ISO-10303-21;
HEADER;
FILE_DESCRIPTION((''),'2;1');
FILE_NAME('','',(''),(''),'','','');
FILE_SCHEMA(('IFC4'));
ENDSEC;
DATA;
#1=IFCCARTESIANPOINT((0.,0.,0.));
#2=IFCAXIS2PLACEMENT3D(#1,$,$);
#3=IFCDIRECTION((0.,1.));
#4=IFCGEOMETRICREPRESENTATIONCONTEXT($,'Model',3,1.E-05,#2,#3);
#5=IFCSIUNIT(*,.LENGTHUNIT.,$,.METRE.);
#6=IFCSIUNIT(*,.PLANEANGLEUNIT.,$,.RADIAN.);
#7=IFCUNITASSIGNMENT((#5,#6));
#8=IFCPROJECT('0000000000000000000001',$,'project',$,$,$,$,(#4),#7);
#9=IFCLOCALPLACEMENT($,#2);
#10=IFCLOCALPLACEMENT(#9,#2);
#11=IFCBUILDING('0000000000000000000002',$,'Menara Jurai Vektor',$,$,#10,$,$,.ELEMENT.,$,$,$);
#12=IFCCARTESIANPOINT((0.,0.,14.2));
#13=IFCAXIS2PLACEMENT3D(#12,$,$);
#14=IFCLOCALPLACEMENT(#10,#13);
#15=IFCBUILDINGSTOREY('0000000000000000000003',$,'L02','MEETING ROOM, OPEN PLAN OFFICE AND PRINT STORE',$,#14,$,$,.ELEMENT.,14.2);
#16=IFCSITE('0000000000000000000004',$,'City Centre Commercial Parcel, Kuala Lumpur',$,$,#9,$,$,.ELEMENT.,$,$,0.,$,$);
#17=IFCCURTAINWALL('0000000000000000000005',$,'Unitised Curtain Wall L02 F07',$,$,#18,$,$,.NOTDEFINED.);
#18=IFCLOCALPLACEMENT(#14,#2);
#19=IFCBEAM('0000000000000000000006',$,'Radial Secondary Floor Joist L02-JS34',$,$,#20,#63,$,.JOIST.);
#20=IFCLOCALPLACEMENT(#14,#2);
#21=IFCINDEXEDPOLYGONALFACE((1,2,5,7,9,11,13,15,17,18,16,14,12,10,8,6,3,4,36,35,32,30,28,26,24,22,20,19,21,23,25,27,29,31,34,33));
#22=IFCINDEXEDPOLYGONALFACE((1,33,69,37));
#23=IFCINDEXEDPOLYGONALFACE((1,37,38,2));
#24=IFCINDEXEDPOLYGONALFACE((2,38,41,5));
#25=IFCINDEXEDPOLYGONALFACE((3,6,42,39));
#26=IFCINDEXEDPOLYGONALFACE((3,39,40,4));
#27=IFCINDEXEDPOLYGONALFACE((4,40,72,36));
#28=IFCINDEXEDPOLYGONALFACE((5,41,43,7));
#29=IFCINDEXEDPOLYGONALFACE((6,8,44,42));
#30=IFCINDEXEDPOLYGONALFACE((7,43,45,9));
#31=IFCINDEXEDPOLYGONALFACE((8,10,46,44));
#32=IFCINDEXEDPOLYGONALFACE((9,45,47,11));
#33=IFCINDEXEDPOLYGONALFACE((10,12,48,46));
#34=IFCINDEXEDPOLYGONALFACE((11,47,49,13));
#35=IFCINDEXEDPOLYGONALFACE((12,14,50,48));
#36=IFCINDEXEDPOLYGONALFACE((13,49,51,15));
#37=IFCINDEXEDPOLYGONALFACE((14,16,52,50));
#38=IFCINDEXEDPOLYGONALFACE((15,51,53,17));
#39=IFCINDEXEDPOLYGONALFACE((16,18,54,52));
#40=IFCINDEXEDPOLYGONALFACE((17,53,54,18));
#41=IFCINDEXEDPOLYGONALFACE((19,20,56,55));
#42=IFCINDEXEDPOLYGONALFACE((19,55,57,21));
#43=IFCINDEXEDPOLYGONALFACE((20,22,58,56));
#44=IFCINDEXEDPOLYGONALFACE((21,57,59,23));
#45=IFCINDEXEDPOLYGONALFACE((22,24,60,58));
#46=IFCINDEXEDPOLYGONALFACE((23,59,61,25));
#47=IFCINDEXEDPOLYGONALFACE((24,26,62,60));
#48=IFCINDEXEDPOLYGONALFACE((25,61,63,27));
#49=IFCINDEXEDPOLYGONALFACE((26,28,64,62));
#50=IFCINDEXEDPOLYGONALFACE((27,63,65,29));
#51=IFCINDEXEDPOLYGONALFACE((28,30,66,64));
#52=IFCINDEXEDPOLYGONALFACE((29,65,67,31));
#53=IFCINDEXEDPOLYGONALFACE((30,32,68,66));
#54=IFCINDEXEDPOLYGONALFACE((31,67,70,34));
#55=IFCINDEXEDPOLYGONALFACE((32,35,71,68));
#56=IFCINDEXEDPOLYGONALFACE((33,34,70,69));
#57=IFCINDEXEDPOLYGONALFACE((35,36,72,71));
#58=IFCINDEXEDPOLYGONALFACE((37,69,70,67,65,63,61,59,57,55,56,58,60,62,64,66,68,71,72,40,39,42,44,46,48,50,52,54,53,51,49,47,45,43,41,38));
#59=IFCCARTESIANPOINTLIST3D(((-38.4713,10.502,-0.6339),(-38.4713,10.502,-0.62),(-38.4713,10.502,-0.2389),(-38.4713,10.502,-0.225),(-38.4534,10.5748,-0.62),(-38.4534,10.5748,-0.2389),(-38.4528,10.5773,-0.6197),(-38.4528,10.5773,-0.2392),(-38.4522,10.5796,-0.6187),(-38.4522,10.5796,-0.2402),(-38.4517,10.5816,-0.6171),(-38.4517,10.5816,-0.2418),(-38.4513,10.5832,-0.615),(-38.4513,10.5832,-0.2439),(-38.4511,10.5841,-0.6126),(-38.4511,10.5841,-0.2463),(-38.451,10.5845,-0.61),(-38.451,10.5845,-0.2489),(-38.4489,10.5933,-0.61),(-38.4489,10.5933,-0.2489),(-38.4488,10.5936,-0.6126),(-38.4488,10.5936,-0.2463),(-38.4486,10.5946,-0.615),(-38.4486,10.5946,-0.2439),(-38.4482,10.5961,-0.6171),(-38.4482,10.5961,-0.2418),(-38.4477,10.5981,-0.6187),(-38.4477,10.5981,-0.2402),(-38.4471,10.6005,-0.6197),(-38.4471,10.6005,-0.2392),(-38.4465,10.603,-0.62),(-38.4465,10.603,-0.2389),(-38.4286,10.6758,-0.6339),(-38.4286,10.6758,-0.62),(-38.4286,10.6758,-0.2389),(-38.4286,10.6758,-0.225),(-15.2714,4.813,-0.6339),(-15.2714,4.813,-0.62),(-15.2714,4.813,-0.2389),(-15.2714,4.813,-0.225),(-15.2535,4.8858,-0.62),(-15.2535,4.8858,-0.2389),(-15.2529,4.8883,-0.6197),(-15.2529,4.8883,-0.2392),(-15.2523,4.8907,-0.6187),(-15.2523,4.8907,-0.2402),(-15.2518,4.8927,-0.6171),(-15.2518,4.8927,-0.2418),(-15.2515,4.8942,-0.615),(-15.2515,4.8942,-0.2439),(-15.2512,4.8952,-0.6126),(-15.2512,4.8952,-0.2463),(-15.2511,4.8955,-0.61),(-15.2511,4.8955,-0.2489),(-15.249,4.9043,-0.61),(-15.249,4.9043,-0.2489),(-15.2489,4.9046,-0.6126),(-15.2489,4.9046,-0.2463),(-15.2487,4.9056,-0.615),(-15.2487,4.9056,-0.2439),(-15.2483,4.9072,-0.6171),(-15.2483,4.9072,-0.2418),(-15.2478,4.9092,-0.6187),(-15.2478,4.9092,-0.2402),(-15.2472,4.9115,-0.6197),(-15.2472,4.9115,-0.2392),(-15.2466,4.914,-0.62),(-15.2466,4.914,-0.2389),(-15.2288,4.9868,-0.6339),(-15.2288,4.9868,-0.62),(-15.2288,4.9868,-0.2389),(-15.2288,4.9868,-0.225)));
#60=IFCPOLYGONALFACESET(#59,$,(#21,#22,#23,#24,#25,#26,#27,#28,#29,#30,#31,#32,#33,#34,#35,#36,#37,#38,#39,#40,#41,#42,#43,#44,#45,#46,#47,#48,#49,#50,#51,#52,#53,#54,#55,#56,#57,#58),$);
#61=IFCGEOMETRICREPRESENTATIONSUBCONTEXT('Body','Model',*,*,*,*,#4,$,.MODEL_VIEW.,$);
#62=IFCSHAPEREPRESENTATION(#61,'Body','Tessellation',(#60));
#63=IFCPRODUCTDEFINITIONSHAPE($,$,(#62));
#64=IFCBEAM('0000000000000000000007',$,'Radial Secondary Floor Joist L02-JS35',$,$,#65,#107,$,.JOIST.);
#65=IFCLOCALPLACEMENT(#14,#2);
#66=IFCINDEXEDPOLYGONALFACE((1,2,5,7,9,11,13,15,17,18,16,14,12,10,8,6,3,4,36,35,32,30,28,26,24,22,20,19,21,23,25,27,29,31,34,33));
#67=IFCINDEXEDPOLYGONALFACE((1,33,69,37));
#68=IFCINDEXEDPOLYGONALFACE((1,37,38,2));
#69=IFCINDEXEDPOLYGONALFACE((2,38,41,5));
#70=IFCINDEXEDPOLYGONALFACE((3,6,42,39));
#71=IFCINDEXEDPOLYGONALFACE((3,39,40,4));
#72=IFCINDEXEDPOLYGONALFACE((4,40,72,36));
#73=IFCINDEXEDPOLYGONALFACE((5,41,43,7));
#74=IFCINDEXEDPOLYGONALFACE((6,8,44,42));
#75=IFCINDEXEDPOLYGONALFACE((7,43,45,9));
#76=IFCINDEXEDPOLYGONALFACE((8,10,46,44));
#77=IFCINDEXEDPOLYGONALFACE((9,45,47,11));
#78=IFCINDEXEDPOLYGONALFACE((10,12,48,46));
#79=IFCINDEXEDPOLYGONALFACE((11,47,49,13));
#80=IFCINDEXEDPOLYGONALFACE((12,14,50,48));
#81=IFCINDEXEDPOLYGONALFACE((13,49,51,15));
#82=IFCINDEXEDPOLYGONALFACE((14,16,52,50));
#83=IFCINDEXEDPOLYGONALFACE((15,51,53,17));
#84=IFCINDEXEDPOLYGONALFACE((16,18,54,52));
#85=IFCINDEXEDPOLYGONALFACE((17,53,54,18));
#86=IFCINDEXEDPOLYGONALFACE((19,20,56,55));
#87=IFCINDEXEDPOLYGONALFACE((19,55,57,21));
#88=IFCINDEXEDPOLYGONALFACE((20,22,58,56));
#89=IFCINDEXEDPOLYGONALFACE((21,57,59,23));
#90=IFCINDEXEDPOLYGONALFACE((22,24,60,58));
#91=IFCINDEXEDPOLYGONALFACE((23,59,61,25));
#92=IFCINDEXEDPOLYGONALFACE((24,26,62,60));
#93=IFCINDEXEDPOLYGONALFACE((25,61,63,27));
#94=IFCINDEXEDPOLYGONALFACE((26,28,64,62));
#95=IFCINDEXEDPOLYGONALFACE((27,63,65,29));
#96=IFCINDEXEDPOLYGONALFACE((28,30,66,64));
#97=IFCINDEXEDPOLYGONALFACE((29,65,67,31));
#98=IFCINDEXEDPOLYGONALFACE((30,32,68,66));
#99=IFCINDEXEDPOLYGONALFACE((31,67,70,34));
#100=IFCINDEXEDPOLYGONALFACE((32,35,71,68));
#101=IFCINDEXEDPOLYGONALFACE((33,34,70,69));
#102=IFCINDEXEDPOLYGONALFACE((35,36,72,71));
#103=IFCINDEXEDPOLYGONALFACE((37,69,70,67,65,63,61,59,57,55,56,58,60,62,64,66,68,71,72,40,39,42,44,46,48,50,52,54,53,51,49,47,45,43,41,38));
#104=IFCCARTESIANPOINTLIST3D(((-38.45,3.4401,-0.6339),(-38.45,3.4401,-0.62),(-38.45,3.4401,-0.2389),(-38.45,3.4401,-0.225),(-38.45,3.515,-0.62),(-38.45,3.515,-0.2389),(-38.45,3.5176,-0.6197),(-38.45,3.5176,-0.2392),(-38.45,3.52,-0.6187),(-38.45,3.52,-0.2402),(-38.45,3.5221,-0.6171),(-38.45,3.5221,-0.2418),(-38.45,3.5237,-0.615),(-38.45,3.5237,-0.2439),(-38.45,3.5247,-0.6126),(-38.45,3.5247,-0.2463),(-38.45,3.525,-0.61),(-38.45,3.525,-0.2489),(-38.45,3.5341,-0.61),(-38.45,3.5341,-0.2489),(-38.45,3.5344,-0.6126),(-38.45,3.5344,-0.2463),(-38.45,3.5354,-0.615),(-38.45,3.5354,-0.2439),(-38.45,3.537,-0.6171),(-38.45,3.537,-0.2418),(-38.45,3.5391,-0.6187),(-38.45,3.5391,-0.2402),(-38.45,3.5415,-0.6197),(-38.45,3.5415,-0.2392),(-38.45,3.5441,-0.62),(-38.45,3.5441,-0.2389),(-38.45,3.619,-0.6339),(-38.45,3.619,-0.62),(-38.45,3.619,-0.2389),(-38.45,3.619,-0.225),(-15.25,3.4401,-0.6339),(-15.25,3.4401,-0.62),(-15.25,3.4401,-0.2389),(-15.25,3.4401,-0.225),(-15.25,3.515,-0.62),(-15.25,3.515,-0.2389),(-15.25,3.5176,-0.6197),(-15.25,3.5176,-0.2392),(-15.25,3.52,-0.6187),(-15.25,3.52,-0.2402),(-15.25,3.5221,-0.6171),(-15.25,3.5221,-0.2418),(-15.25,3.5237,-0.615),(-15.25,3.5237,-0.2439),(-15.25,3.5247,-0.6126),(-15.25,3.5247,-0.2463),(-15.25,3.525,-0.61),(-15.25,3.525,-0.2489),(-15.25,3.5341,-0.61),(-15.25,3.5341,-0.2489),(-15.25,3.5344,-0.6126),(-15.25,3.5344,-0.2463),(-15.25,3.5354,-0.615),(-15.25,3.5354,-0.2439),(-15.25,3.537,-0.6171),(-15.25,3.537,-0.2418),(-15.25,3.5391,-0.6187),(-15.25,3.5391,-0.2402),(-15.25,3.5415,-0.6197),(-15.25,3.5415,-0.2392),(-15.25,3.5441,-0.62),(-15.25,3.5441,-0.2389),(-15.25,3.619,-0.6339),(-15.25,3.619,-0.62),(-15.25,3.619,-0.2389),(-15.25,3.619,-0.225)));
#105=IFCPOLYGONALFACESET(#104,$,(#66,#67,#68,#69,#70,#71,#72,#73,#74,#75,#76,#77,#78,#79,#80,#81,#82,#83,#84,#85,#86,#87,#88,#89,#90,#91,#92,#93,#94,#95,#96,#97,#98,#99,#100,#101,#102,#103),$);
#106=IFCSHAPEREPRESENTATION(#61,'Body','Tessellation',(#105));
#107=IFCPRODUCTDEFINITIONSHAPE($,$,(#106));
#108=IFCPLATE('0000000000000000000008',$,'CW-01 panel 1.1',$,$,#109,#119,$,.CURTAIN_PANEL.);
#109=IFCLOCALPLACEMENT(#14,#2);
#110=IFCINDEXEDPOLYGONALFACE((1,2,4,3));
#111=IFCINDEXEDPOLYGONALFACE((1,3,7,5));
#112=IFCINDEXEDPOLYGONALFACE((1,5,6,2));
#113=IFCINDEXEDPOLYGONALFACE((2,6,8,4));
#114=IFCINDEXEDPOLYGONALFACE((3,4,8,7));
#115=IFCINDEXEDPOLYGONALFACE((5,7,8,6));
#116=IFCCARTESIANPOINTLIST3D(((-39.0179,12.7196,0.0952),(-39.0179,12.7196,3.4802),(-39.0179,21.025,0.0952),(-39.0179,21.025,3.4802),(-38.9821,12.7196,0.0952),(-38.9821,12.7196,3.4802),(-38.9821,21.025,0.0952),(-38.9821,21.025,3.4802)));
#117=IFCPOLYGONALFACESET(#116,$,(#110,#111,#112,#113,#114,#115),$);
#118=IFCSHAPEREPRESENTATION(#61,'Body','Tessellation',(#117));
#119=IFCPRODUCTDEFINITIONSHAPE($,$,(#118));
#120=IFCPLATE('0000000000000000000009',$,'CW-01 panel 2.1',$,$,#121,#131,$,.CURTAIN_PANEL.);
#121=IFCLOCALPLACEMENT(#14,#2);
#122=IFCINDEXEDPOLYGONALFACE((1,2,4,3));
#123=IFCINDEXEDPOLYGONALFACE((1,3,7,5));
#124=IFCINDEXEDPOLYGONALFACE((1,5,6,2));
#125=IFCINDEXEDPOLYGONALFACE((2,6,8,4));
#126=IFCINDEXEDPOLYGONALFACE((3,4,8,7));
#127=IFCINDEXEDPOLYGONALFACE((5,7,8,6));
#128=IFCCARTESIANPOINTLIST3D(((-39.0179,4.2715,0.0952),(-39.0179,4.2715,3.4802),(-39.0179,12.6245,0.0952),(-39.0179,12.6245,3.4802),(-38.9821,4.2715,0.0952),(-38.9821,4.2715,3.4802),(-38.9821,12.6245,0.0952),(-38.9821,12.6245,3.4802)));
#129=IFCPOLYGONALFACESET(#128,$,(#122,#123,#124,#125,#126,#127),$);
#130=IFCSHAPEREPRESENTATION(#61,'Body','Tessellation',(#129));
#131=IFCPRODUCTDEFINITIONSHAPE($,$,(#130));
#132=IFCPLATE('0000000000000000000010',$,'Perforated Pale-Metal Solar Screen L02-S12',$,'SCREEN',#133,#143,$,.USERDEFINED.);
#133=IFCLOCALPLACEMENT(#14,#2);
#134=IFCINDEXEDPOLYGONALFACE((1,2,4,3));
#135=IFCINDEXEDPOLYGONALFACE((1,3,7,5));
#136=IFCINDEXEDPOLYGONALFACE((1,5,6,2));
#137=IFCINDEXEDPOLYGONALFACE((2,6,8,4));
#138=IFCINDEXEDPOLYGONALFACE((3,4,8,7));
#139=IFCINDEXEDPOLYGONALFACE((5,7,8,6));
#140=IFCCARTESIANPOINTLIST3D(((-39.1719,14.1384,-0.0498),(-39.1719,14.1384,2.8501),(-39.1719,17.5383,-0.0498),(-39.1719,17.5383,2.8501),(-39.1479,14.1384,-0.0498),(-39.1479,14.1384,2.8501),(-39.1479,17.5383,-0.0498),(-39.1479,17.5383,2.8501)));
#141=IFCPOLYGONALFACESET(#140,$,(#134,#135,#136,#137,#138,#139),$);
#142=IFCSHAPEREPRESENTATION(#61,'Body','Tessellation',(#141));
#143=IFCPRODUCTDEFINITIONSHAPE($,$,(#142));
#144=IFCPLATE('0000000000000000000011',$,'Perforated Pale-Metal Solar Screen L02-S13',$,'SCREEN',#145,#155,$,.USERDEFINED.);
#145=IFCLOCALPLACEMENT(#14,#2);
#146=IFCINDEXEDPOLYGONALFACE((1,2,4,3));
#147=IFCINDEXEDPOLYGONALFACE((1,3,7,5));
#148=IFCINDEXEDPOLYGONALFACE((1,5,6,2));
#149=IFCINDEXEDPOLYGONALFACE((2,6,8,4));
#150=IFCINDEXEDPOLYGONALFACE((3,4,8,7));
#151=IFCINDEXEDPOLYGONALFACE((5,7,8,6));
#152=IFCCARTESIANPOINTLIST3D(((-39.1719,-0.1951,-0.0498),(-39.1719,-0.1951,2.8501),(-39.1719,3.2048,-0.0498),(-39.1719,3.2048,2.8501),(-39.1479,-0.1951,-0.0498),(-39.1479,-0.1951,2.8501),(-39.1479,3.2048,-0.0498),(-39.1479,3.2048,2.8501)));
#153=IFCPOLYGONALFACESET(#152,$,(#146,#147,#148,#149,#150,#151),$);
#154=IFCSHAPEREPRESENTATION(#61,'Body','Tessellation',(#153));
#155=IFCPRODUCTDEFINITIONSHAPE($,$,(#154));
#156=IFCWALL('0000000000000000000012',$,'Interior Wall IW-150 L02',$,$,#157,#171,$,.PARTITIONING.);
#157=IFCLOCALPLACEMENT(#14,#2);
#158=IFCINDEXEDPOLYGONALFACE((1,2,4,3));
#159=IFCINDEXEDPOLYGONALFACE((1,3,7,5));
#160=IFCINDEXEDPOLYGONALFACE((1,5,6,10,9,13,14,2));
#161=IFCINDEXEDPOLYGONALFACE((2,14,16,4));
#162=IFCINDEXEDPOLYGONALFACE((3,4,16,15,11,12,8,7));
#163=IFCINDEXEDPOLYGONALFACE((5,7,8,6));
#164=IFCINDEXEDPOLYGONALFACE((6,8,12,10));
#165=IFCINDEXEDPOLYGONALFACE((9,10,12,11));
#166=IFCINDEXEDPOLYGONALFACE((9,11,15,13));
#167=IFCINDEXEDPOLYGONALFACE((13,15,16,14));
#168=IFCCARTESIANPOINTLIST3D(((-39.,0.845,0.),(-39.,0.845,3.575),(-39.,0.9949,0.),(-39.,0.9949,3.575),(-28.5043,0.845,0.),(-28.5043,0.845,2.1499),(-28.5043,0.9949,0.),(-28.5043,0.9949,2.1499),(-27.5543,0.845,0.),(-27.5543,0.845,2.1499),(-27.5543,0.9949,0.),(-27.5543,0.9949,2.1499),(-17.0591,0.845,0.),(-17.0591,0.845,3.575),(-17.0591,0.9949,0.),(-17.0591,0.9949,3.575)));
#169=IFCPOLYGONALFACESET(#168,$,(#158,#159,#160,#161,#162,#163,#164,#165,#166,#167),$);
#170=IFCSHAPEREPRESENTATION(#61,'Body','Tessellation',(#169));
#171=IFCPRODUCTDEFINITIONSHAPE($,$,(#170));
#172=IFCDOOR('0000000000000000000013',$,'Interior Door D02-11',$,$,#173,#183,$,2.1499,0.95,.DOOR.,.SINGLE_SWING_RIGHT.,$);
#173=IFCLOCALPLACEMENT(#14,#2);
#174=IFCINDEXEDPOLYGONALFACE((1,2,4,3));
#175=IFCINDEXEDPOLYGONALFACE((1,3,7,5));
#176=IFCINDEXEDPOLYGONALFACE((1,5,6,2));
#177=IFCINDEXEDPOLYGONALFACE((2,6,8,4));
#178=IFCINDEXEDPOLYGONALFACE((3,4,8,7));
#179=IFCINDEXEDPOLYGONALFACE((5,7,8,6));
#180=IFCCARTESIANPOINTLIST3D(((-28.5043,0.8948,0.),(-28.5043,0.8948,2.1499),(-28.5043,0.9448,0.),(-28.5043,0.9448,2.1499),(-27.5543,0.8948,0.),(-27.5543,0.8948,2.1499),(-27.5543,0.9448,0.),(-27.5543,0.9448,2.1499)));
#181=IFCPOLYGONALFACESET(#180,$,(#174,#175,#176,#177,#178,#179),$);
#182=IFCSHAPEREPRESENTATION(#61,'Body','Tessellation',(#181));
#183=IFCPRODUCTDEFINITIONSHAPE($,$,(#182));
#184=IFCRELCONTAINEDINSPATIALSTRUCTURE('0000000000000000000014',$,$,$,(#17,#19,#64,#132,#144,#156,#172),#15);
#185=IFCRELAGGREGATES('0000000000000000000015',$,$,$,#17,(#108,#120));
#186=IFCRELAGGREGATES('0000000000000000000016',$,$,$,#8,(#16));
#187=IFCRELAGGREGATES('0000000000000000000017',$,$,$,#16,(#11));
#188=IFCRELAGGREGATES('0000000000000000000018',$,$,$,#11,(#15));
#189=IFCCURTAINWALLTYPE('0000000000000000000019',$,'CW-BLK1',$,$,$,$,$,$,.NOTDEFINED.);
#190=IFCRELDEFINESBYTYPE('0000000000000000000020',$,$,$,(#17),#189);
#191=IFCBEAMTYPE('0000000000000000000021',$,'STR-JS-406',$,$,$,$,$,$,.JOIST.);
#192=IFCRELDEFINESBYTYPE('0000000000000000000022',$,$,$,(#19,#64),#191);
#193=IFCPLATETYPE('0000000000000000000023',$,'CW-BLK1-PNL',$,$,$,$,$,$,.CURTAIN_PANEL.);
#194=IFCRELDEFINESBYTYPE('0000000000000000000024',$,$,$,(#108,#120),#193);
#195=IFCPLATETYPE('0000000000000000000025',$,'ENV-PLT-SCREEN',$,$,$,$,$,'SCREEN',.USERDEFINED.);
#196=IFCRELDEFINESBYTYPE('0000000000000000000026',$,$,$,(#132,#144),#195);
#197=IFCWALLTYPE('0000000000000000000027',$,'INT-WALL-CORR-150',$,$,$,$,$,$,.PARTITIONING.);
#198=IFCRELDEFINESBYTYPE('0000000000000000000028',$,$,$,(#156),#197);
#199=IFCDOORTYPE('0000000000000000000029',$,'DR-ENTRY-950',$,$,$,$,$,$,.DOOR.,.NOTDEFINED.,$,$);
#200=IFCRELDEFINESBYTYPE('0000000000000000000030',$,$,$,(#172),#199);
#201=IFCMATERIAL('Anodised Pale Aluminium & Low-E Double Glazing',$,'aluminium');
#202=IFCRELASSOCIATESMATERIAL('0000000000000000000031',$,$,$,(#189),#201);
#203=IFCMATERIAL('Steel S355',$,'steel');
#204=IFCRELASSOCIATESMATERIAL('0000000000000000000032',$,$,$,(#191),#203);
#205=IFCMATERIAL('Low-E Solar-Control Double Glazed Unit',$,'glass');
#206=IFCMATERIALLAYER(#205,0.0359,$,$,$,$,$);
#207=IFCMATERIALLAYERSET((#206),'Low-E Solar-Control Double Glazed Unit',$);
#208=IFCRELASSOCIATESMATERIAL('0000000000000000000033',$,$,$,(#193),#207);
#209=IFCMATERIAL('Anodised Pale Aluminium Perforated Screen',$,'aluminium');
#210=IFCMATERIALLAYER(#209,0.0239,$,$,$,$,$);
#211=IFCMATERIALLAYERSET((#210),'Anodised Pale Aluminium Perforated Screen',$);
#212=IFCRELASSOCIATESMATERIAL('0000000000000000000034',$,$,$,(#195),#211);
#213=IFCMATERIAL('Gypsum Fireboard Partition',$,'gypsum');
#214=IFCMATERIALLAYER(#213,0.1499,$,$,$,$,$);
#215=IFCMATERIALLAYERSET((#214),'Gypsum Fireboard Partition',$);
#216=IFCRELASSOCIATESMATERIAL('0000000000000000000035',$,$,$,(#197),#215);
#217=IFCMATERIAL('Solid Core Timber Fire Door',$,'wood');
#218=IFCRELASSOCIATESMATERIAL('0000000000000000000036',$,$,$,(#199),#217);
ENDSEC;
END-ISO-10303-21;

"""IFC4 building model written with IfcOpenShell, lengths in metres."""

from ifc_helpers import new_model, si_unit, direction, frame, frame_2d, origin, origin_2d, place, context, subcontext, project, spatial, rectangle, i_section, extrude, material, layer, layer_set, material_profile, profile_set, type_object, element, fill, aggregate, save


model = new_model("IFC4")

# Units and contexts
model_context = context("Model", 3, precision=1e-05, world=origin(), true_north=direction((0.0, 1.0)))
body_context = subcontext(model_context, "Body", "Model", "MODEL_VIEW")
ifc_project = project(units=[si_unit("LENGTHUNIT", "METRE"), si_unit("PLANEANGLEUNIT", "RADIAN")], contexts=[model_context])

# Site, building, storey
site_placement = place(None, origin())
site = spatial("IfcSite", under=ifc_project, at=site_placement, Name="City Centre Commercial Parcel, Kuala Lumpur", CompositionType="ELEMENT", RefElevation=0.0)
building_placement = place(site_placement, origin())
building = spatial("IfcBuilding", under=site, at=building_placement, Name="Menara Jurai Vektor", CompositionType="ELEMENT")
storey_placement = place(building_placement, frame((0.0, 0.0, 14.2)))
storey = spatial("IfcBuildingStorey", under=building, at=storey_placement, Name="L02", Description="MEETING ROOM, OPEN PLAN OFFICE AND PRINT STORE", CompositionType="ELEMENT", Elevation=14.2)

# Curtain wall
ifc_material_1 = material(Name="Anodised Pale Aluminium & Low-E Double Glazing", Category="aluminium")
curtain_wall_type = type_object("IfcCurtainWallType", Name="CW-BLK1", PredefinedType="NOTDEFINED", material=ifc_material_1)
curtain_wall_placement = place(storey_placement, origin())
curtain_wall = element("IfcCurtainWall", 1, at=curtain_wall_placement, inside=storey, type_object=curtain_wall_type, Name="Unitised Curtain Wall L02 F07", PredefinedType="NOTDEFINED")

# Beams
ifc_material_2 = material(Name="Steel S355", Category="steel")
ifc_material_profile_1 = material_profile(ifc_material_2, i_section(OverallWidth=0.179, OverallDepth=0.4089, WebThickness=0.009, FlangeThickness=0.0139, FilletRadius=0.01, at=origin_2d()), Name="UKB 406x178x67")
ifc_profile_set_1 = profile_set([ifc_material_profile_1], Name="Steel S355")
beam_type_1 = type_object("IfcBeamType", Name="STR-JS-406", PredefinedType="JOIST", material=ifc_profile_set_1)
beam_1_placement = place(storey_placement, frame((-38.45, 10.5889, -0.4294), z_axis=(0.971226, -0.238159, 0.0), x_axis=(0.238159, 0.971226, 0.0)))
element("IfcBeam", 2, at=beam_1_placement, inside=storey, type_object=beam_type_1, Name="Radial Secondary Floor Joist L02-JS34", PredefinedType="JOIST", context=body_context, shape_type="SweptSolid", body=[
    extrude(i_section(OverallWidth=0.179, OverallDepth=0.4089, WebThickness=0.009, FlangeThickness=0.0139, FilletRadius=0.01, at=origin_2d()), origin(), (0.0, 0.0, 1.0), 23.8872),
])
beam_2_placement = place(storey_placement, frame((-38.45, 3.5295, -0.4294), z_axis=(1.0, 0.0, 0.0), x_axis=(0.0, 1.0, 0.0)))
element("IfcBeam", 3, at=beam_2_placement, inside=storey, type_object=beam_type_1, Name="Radial Secondary Floor Joist L02-JS35", PredefinedType="JOIST", context=body_context, shape_type="SweptSolid", body=[
    extrude(i_section(OverallWidth=0.179, OverallDepth=0.4089, WebThickness=0.009, FlangeThickness=0.0139, FilletRadius=0.01, at=origin_2d()), origin(), (0.0, 0.0, 1.0), 23.2),
])

# Plates
ifc_material_3 = material(Name="Low-E Solar-Control Double Glazed Unit", Category="glass")
ifc_layer_1 = layer(ifc_material_3, 0.0359)
ifc_layer_set_1 = layer_set([ifc_layer_1], Name="Low-E Solar-Control Double Glazed Unit")
plate_type_1 = type_object("IfcPlateType", Name="CW-BLK1-PNL", PredefinedType="CURTAIN_PANEL", material=ifc_layer_set_1)
plate_1_placement = place(storey_placement, frame((-39.0, 16.8723, 0.0952), z_axis=(0.0, 0.0, 1.0), x_axis=(0.0, -1.0, 0.0)))
plate_1 = element("IfcPlate", 4, at=plate_1_placement, type_object=plate_type_1, Name="CW-01 panel 1.1", PredefinedType="CURTAIN_PANEL", context=body_context, shape_type="SweptSolid", body=[
    extrude(rectangle(XDim=8.3054, YDim=0.0359, at=origin_2d()), origin(), (0.0, 0.0, 1.0), 3.385),
])
plate_2_placement = place(storey_placement, frame((-39.0, 8.448, 0.0952), z_axis=(0.0, 0.0, 1.0), x_axis=(0.0, -1.0, 0.0)))
plate_2 = element("IfcPlate", 5, at=plate_2_placement, type_object=plate_type_1, Name="CW-01 panel 2.1", PredefinedType="CURTAIN_PANEL", context=body_context, shape_type="SweptSolid", body=[
    extrude(rectangle(XDim=8.353, YDim=0.0359, at=origin_2d()), origin(), (0.0, 0.0, 1.0), 3.385),
])
aggregate(curtain_wall, [plate_1, plate_2])

# Plates
ifc_material_4 = material(Name="Anodised Pale Aluminium Perforated Screen", Category="aluminium")
ifc_layer_2 = layer(ifc_material_4, 0.0239)
ifc_layer_set_2 = layer_set([ifc_layer_2], Name="Anodised Pale Aluminium Perforated Screen")
plate_type_2 = type_object("IfcPlateType", Name="ENV-PLT-SCREEN", ElementType="SCREEN", PredefinedType="USERDEFINED", material=ifc_layer_set_2)
for number, where, z_axis, x_axis, name in (
    (6, (-39.1599, 15.8384, -0.0498), (0.0, 0.0, 1.0), (0.0, -1.0, 0.0), "Perforated Pale-Metal Solar Screen L02-S12"),
    (7, (-39.1599, 1.5049, -0.0498), (0.0, 0.0, 1.0), (0.0, -1.0, 0.0), "Perforated Pale-Metal Solar Screen L02-S13"),
):
    element("IfcPlate", number, at=place(storey_placement, frame(where, z_axis=z_axis, x_axis=x_axis)), inside=storey, type_object=plate_type_2, Name=name, ObjectType="SCREEN", PredefinedType="USERDEFINED", context=body_context, shape_type="SweptSolid", body=[
        extrude(rectangle(XDim=3.3999, YDim=0.0239, at=origin_2d()), origin(), (0.0, 0.0, 1.0), 2.8999),
    ])

# Wall, opening, door
ifc_material_5 = material(Name="Gypsum Fireboard Partition", Category="gypsum")
ifc_layer_3 = layer(ifc_material_5, 0.1499)
ifc_layer_set_3 = layer_set([ifc_layer_3], Name="Gypsum Fireboard Partition")
wall_type_1 = type_object("IfcWallType", Name="INT-WALL-CORR-150", PredefinedType="PARTITIONING", material=ifc_layer_set_3)
wall_1_placement = place(storey_placement, frame((-39.0, 0.9199, 0.0), z_axis=(0.0, 0.0, 1.0), x_axis=(1.0, 0.0, 0.0)))
wall_1 = element("IfcWall", 8, at=wall_1_placement, inside=storey, type_object=wall_type_1, Name="Interior Wall IW-150 L02", PredefinedType="PARTITIONING", context=body_context, shape_type="SweptSolid", body=[
    extrude(rectangle(XDim=21.9409, YDim=0.1499, at=frame_2d((10.9705, 0.0))), origin(), (0.0, 0.0, 1.0), 3.575),
])
opening_placement = place(wall_1_placement, frame((10.4956, 0.0, 0.0)))
opening = element("IfcOpeningElement", 9, at=opening_placement, cuts=wall_1, PredefinedType="OPENING", context=body_context, shape_type="SweptSolid", body=[
    extrude(rectangle(XDim=0.95, YDim=2.1499, at=frame_2d((0.4751, 1.075))), frame((0.0, 0.085, 0.0), z_axis=(0.0, -1.0, 0.0), x_axis=(1.0, 0.0, 0.0)), (0.0, 0.0, 1.0), 0.1699),
])
ifc_material_6 = material(Name="Solid Core Timber Fire Door", Category="wood")
door_type = type_object("IfcDoorType", Name="DR-ENTRY-950", OperationType="NOTDEFINED", PredefinedType="DOOR", material=ifc_material_6)
door_placement = place(opening_placement, origin())
door = element("IfcDoor", 10, at=door_placement, inside=storey, type_object=door_type, Name="Interior Door D02-11", OperationType="SINGLE_SWING_RIGHT", OverallHeight=2.1499, OverallWidth=0.95, PredefinedType="DOOR", context=body_context, shape_type="SweptSolid", body=[
    extrude(rectangle(XDim=0.95, YDim=2.1499, at=frame_2d((0.4751, 1.075))), frame((0.0, 0.0249, 0.0), z_axis=(0.0, -1.0, 0.0), x_axis=(1.0, 0.0, 0.0)), (0.0, 0.0, 1.0), 0.05),
])
fill(opening, door)

save(model, "model.ifc")
